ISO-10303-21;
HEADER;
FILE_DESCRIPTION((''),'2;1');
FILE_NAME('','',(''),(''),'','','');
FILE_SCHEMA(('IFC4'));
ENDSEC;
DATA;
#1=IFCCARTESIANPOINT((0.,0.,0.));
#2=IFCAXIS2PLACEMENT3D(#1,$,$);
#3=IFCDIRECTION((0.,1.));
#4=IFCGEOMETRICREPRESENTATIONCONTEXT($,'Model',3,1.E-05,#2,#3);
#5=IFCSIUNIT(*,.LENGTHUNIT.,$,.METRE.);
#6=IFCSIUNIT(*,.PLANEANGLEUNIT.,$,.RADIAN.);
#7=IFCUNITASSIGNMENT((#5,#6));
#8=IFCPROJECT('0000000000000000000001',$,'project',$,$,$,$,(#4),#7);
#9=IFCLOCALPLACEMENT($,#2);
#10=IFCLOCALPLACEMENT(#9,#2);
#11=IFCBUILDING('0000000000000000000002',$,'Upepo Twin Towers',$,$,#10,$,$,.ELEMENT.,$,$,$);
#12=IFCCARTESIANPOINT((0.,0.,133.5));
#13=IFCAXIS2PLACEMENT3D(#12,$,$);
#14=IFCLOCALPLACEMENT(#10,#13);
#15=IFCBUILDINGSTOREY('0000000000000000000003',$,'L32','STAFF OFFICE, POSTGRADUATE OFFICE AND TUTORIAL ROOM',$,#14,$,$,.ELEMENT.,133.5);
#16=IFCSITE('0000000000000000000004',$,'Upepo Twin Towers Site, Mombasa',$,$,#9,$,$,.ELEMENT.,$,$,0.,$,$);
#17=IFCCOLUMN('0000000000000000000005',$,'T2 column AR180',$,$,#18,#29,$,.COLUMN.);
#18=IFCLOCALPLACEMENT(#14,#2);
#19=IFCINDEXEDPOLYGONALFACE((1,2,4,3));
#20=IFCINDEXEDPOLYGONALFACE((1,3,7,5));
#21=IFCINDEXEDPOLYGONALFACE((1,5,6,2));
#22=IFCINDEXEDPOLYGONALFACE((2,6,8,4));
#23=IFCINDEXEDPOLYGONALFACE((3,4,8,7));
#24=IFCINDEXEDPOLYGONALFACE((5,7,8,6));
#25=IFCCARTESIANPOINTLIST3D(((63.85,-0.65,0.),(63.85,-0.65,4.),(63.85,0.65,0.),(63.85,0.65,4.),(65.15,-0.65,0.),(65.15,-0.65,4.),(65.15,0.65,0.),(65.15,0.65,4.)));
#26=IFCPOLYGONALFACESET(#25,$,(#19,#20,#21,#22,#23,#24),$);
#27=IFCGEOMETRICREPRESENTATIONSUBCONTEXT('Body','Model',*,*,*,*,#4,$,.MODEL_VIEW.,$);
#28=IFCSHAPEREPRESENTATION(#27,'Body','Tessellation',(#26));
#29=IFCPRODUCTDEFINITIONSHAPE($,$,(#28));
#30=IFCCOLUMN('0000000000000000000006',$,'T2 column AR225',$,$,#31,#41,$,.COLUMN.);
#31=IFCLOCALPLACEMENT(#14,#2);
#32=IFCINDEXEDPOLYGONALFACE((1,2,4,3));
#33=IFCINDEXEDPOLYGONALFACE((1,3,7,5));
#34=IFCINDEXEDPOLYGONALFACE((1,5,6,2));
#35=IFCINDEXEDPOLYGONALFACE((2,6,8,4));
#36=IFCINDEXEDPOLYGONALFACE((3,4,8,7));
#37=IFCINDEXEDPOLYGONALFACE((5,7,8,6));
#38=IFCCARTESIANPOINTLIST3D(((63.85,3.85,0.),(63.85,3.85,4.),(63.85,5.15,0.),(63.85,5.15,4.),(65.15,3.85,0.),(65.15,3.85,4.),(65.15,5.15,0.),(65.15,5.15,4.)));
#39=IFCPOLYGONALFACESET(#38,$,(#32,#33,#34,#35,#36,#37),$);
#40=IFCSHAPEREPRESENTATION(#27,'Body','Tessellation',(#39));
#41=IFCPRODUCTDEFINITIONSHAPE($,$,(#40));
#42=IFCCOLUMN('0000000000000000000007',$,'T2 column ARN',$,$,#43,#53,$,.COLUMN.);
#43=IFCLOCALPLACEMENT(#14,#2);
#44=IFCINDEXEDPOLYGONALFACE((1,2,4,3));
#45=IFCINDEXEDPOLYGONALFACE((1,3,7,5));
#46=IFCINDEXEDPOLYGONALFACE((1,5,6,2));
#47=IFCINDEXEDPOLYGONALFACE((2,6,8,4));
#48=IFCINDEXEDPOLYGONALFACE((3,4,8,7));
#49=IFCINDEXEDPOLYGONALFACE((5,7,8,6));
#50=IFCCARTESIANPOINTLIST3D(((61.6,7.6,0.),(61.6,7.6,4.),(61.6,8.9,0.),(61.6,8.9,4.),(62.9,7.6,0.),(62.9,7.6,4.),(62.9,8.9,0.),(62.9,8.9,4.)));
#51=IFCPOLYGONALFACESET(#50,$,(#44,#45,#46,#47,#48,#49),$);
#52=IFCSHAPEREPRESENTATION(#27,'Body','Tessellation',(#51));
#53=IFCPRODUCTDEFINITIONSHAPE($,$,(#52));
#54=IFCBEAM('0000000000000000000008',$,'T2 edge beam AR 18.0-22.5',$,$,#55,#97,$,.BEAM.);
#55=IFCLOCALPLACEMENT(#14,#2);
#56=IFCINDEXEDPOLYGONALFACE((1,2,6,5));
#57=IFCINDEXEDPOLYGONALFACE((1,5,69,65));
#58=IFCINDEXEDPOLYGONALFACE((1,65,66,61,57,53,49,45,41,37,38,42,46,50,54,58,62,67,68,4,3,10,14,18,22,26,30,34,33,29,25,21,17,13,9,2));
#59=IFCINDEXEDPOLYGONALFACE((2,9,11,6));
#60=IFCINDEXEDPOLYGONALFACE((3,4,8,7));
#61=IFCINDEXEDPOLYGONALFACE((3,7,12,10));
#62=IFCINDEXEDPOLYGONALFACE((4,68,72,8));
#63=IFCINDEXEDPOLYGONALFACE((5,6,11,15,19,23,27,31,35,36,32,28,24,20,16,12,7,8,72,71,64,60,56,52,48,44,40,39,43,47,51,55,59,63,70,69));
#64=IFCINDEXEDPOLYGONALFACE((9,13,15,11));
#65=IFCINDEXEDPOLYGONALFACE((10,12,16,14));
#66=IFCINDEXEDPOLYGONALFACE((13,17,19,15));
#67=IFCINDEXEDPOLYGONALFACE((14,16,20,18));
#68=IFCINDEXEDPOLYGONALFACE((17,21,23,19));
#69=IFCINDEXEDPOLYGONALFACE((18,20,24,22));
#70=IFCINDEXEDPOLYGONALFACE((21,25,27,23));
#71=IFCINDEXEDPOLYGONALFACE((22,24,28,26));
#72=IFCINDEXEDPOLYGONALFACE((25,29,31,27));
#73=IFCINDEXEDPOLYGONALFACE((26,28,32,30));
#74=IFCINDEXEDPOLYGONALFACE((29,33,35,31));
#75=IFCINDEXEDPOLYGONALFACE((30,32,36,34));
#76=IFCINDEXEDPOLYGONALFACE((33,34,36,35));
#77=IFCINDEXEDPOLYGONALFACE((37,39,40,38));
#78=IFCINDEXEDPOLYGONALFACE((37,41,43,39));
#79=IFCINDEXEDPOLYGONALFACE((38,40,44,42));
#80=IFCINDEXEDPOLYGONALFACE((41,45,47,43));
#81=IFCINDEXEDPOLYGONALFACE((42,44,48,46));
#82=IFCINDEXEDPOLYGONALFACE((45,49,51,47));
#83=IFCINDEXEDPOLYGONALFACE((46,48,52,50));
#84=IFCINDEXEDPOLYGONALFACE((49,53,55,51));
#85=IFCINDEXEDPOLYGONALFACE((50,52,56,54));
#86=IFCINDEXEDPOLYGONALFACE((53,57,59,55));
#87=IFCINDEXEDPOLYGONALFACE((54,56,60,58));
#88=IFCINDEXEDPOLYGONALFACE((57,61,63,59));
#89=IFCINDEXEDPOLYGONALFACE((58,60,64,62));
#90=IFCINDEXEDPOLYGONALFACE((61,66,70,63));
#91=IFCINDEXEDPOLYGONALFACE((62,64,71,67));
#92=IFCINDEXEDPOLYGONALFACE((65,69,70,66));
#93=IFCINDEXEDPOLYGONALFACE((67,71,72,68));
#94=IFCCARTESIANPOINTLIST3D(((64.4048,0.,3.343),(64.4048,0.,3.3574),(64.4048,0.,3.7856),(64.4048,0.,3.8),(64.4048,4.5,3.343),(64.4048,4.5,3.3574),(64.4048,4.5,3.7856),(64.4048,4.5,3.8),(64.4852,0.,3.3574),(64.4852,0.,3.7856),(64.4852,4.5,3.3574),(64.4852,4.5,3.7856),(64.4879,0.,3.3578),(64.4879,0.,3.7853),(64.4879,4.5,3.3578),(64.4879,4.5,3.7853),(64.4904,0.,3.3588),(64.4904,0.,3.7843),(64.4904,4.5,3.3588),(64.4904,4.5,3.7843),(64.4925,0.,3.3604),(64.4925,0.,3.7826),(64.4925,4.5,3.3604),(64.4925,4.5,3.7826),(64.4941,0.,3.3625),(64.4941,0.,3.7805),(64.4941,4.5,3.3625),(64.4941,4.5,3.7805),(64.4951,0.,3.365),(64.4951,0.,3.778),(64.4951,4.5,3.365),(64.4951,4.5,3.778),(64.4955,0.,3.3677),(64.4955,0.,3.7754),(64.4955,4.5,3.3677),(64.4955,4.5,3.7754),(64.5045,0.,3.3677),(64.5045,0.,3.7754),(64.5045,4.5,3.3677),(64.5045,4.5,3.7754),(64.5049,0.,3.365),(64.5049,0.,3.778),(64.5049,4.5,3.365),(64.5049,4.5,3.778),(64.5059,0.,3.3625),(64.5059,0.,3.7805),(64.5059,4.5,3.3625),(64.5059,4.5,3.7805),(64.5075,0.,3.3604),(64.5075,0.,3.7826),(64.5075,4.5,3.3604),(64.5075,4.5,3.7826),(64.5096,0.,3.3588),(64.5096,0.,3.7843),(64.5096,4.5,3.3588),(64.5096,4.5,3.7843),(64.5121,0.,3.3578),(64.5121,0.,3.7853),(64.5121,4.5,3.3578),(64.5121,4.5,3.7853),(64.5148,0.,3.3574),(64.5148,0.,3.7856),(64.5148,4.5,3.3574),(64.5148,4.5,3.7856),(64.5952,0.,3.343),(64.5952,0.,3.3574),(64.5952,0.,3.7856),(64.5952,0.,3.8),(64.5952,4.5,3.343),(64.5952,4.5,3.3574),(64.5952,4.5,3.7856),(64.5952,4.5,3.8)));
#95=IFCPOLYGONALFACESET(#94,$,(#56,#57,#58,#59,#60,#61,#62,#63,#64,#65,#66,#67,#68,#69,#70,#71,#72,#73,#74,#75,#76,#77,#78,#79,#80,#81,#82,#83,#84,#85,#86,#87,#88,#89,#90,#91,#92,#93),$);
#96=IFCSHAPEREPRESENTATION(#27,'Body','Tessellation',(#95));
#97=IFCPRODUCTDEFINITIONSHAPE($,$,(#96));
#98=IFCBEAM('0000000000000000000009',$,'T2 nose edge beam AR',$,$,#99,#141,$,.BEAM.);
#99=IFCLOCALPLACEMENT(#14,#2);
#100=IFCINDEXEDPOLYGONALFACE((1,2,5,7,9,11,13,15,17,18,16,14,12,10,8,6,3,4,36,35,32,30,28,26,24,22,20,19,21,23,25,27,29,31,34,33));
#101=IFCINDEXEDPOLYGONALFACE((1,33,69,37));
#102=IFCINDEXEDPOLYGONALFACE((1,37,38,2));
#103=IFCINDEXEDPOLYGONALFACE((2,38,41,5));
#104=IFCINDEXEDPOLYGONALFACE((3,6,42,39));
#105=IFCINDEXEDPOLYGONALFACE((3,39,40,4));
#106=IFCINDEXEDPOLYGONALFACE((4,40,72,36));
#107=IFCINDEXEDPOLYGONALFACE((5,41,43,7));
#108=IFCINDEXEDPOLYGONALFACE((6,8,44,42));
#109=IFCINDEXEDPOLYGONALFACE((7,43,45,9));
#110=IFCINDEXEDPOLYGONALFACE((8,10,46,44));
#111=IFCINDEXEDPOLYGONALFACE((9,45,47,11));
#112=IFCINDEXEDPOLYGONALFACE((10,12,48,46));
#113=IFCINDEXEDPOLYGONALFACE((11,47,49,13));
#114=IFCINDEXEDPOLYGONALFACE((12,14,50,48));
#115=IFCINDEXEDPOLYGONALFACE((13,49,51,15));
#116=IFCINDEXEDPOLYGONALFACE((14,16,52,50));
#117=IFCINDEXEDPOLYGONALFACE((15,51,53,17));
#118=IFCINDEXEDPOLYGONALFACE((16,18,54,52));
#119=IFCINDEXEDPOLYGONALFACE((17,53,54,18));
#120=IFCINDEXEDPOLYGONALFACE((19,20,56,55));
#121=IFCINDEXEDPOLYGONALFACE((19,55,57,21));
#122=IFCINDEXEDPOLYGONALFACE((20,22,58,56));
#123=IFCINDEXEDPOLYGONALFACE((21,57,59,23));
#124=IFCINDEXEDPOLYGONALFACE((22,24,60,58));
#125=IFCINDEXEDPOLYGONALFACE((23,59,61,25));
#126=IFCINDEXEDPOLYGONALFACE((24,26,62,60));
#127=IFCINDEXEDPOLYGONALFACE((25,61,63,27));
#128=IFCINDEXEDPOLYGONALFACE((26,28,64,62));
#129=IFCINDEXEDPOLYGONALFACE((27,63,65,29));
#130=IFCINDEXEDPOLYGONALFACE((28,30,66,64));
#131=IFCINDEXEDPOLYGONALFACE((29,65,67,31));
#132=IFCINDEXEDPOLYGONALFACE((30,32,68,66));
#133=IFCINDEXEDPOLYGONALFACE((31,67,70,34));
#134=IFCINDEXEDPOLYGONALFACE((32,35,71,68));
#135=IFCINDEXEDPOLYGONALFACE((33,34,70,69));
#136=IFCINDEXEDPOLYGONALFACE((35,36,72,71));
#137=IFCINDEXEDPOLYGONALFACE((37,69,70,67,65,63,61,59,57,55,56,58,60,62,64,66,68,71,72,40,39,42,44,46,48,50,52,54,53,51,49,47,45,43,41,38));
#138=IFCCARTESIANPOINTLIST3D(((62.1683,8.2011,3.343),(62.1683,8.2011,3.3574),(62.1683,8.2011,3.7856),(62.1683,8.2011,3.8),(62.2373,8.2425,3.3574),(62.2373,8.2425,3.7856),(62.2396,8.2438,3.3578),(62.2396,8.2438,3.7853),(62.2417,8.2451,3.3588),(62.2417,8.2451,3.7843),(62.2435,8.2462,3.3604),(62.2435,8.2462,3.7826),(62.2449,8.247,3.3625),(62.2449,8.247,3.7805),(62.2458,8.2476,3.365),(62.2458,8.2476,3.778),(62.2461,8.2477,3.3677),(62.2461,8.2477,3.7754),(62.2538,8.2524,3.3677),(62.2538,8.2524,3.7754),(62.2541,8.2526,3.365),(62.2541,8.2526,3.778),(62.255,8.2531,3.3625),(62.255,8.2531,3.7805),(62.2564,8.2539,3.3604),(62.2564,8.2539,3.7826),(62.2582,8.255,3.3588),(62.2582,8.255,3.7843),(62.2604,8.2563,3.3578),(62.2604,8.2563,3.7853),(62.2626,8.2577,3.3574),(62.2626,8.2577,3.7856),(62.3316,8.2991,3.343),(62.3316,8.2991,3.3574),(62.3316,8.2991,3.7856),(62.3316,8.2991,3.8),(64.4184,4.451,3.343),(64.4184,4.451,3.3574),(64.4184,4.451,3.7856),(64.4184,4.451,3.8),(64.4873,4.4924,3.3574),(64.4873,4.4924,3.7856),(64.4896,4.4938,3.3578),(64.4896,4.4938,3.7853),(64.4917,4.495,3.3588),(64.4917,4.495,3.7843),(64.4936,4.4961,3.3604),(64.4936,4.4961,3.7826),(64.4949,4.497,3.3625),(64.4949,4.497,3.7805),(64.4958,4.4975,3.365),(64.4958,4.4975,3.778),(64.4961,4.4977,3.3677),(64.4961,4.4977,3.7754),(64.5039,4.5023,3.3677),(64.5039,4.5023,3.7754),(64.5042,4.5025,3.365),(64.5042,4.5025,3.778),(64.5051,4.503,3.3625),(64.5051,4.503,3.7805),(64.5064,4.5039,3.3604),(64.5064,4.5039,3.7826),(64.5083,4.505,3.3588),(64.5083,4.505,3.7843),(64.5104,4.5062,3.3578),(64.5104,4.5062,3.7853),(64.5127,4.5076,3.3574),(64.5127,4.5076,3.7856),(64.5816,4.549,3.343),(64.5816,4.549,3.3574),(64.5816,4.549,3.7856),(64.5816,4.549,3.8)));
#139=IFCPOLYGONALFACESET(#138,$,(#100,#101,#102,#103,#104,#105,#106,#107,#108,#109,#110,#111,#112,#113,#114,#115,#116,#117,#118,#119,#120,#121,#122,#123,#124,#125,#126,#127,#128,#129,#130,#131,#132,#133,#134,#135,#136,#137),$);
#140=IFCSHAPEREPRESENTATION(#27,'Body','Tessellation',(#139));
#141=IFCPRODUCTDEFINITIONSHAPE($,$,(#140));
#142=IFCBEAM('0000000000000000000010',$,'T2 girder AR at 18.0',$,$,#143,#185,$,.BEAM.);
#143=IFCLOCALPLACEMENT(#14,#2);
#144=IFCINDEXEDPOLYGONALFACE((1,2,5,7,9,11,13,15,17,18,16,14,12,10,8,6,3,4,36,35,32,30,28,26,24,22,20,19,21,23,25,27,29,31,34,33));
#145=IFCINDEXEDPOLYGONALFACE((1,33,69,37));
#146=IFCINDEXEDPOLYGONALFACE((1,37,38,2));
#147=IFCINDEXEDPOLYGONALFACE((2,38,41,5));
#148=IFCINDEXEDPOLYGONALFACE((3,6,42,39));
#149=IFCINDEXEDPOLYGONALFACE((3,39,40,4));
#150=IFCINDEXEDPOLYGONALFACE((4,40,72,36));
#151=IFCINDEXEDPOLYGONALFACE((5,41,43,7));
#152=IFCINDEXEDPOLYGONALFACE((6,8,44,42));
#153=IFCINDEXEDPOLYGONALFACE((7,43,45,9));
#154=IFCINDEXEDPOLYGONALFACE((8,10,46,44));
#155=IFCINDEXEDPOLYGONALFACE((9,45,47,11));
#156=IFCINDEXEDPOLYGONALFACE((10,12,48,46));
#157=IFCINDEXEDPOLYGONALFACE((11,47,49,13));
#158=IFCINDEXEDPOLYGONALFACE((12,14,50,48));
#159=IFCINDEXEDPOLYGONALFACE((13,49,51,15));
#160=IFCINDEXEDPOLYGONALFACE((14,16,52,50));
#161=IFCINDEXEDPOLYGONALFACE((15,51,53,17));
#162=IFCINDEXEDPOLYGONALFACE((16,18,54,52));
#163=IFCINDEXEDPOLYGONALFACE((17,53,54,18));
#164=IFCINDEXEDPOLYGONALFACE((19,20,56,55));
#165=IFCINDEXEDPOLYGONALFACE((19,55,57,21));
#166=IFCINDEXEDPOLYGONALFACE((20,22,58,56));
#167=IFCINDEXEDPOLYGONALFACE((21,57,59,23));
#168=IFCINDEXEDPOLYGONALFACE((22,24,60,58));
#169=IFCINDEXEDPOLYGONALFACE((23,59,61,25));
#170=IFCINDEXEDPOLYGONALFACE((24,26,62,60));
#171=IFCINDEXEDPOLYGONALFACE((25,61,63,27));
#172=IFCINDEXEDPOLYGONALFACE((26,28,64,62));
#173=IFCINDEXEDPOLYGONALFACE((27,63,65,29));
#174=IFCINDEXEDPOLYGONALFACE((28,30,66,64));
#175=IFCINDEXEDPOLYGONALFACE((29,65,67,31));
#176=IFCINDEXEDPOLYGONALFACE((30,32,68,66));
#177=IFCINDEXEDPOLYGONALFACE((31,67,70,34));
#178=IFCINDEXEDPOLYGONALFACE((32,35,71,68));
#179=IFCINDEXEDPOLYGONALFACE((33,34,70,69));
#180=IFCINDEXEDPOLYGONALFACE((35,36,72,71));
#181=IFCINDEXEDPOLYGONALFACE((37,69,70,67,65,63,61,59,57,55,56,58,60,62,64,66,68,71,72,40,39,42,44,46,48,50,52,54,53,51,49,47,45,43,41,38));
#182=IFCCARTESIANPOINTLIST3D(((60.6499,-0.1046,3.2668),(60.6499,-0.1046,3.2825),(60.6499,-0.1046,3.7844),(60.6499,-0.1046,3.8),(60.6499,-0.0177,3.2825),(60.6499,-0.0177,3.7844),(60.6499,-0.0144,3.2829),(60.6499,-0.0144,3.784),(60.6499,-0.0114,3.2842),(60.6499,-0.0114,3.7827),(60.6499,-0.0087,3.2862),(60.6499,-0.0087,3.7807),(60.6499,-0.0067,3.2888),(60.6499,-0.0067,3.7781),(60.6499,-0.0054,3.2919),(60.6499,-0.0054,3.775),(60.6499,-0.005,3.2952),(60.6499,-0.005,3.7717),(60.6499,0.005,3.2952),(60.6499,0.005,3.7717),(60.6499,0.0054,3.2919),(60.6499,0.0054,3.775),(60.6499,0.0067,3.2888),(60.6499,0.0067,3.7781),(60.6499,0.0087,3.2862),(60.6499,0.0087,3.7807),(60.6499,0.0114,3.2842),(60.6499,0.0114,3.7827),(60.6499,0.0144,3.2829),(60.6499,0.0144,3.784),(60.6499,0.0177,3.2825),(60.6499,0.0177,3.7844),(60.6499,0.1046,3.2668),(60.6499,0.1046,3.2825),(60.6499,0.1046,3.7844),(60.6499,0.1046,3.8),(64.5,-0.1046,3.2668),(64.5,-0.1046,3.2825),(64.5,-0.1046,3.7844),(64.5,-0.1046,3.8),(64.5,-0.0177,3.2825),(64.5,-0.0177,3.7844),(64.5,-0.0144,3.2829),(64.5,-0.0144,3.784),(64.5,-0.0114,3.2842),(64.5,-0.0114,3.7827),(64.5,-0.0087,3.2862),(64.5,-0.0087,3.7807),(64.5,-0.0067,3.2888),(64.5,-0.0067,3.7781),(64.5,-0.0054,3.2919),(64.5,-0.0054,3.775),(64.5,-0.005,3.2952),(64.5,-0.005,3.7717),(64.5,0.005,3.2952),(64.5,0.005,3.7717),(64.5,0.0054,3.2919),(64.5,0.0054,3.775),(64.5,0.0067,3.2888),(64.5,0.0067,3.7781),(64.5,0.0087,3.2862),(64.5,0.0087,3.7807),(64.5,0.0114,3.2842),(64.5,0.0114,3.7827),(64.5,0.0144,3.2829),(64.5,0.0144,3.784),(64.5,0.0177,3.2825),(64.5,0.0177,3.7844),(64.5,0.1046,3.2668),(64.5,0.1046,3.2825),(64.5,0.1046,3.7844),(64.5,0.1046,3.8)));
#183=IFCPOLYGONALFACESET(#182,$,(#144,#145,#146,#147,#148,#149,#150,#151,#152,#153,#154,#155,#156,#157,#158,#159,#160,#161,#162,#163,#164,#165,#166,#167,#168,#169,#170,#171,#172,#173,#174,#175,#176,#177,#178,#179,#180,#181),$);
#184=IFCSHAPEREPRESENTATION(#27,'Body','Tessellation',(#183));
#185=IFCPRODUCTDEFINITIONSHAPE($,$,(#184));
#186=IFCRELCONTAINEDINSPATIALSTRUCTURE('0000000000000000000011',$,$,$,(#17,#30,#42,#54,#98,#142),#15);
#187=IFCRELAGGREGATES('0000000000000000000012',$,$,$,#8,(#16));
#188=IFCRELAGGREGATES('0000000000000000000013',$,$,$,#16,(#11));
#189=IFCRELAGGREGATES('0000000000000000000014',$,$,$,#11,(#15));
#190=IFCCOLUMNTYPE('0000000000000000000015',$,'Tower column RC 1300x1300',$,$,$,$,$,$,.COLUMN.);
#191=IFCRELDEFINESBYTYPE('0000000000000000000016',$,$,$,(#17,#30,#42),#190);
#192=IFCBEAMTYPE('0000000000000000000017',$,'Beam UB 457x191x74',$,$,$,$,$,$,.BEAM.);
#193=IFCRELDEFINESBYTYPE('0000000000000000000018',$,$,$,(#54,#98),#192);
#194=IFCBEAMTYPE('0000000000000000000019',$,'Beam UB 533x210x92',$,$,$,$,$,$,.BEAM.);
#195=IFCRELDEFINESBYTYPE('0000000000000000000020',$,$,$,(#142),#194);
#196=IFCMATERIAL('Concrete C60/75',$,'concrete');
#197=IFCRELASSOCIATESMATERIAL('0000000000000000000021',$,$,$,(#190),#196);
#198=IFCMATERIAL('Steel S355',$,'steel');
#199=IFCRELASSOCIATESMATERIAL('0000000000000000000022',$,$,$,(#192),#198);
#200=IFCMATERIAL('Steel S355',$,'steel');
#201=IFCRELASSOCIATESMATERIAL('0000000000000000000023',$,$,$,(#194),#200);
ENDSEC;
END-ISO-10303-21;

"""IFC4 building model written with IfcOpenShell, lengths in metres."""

from ifc_helpers import new_model, si_unit, direction, frame, origin, origin_2d, place, context, subcontext, project, spatial, rectangle, i_section, extrude, material, material_profile, profile_set, type_object, element, save


model = new_model("IFC4")

# Units and contexts
model_context = context("Model", 3, precision=1e-05, world=origin(), true_north=direction((0.0, 1.0)))
body_context = subcontext(model_context, "Body", "Model", "MODEL_VIEW")
ifc_project = project(units=[si_unit("LENGTHUNIT", "METRE"), si_unit("PLANEANGLEUNIT", "RADIAN")], contexts=[model_context])

# Site, building, storey
site_placement = place(None, origin())
site = spatial("IfcSite", under=ifc_project, at=site_placement, Name="Upepo Twin Towers Site, Mombasa", CompositionType="ELEMENT", RefElevation=0.0)
building_placement = place(site_placement, origin())
building = spatial("IfcBuilding", under=site, at=building_placement, Name="Upepo Twin Towers", CompositionType="ELEMENT")
storey_placement = place(building_placement, frame((0.0, 0.0, 133.5)))
storey = spatial("IfcBuildingStorey", under=building, at=storey_placement, Name="L32", Description="STAFF OFFICE, POSTGRADUATE OFFICE AND TUTORIAL ROOM", CompositionType="ELEMENT", Elevation=133.5)

# Columns
ifc_material_1 = material(Name="Concrete C60/75", Category="concrete")
ifc_material_profile_1 = material_profile(ifc_material_1, rectangle(XDim=1.3, YDim=1.3, at=origin_2d()), Name="RC 1300x1300")
ifc_profile_set_1 = profile_set([ifc_material_profile_1], Name="Concrete C60/75")
column_type = type_object("IfcColumnType", Name="Tower column RC 1300x1300", PredefinedType="COLUMN", material=ifc_profile_set_1)
for number, where, z_axis, x_axis, name in (
    (1, (64.5, 0.0, 0.0), (0.0, 0.0, 1.0), (1.0, 0.0, 0.0), "T2 column AR180"),
    (2, (64.5, 4.5, 0.0), (0.0, 0.0, 1.0), (1.0, 0.0, 0.0), "T2 column AR225"),
    (3, (62.25, 8.25, 0.0), (0.0, 0.0, 1.0), (1.0, 0.0, 0.0), "T2 column ARN"),
):
    element("IfcColumn", number, at=place(storey_placement, frame(where, z_axis=z_axis, x_axis=x_axis)), inside=storey, type_object=column_type, Name=name, PredefinedType="COLUMN", context=body_context, shape_type="SweptSolid", body=[
        extrude(rectangle(XDim=1.3, YDim=1.3, at=origin_2d()), origin(), (0.0, 0.0, 1.0), 4.0),
    ])

# Beams
ifc_material_2 = material(Name="Steel S355", Category="steel")
ifc_material_profile_2 = material_profile(ifc_material_2, i_section(OverallWidth=0.1904, OverallDepth=0.457, WebThickness=0.009, FlangeThickness=0.0144, FilletRadius=0.0103, at=origin_2d()), Name="UB 457x191x74")
ifc_profile_set_2 = profile_set([ifc_material_profile_2], Name="Steel S355")
beam_type_1 = type_object("IfcBeamType", Name="Beam UB 457x191x74", PredefinedType="BEAM", material=ifc_profile_set_2)
beam_1_placement = place(storey_placement, frame((64.5, 0.0, 3.5715), z_axis=(0.0, 1.0, 0.0), x_axis=(-1.0, 0.0, 0.0)))
element("IfcBeam", 4, at=beam_1_placement, inside=storey, type_object=beam_type_1, Name="T2 edge beam AR 18.0-22.5", PredefinedType="BEAM", context=body_context, shape_type="SweptSolid", body=[
    extrude(i_section(OverallWidth=0.1904, OverallDepth=0.457, WebThickness=0.009, FlangeThickness=0.0144, FilletRadius=0.0103, at=origin_2d()), origin(), (0.0, 0.0, 1.0), 4.5),
])
beam_2_placement = place(storey_placement, frame((64.5, 4.5, 3.5715), z_axis=(-0.514496, 0.857493, 0.0), x_axis=(-0.857493, -0.514496, 0.0)))
element("IfcBeam", 5, at=beam_2_placement, inside=storey, type_object=beam_type_1, Name="T2 nose edge beam AR", PredefinedType="BEAM", context=body_context, shape_type="SweptSolid", body=[
    extrude(i_section(OverallWidth=0.1904, OverallDepth=0.457, WebThickness=0.009, FlangeThickness=0.0144, FilletRadius=0.0103, at=origin_2d()), origin(), (0.0, 0.0, 1.0), 4.3733),
])
ifc_material_3 = material(Name="Steel S355", Category="steel")
ifc_material_profile_3 = material_profile(ifc_material_3, i_section(OverallWidth=0.2092, OverallDepth=0.5332, WebThickness=0.01, FlangeThickness=0.0156, FilletRadius=0.0127, at=origin_2d()), Name="UB 533x210x92")
ifc_profile_set_3 = profile_set([ifc_material_profile_3], Name="Steel S355")
beam_type_2 = type_object("IfcBeamType", Name="Beam UB 533x210x92", PredefinedType="BEAM", material=ifc_profile_set_3)
for number, where, z_axis, x_axis, name in (
    (6, (64.5, 0.0, 3.5334), (-1.0, 0.0, 0.0), (0.0, -1.0, 0.0), "T2 girder AR at 18.0"),
):
    element("IfcBeam", number, at=place(storey_placement, frame(where, z_axis=z_axis, x_axis=x_axis)), inside=storey, type_object=beam_type_2, Name=name, PredefinedType="BEAM", context=body_context, shape_type="SweptSolid", body=[
        extrude(i_section(OverallWidth=0.2092, OverallDepth=0.5332, WebThickness=0.01, FlangeThickness=0.0156, FilletRadius=0.0127, at=origin_2d()), origin(), (0.0, 0.0, 1.0), 3.8501),
    ])

save(model, "model.ifc")
